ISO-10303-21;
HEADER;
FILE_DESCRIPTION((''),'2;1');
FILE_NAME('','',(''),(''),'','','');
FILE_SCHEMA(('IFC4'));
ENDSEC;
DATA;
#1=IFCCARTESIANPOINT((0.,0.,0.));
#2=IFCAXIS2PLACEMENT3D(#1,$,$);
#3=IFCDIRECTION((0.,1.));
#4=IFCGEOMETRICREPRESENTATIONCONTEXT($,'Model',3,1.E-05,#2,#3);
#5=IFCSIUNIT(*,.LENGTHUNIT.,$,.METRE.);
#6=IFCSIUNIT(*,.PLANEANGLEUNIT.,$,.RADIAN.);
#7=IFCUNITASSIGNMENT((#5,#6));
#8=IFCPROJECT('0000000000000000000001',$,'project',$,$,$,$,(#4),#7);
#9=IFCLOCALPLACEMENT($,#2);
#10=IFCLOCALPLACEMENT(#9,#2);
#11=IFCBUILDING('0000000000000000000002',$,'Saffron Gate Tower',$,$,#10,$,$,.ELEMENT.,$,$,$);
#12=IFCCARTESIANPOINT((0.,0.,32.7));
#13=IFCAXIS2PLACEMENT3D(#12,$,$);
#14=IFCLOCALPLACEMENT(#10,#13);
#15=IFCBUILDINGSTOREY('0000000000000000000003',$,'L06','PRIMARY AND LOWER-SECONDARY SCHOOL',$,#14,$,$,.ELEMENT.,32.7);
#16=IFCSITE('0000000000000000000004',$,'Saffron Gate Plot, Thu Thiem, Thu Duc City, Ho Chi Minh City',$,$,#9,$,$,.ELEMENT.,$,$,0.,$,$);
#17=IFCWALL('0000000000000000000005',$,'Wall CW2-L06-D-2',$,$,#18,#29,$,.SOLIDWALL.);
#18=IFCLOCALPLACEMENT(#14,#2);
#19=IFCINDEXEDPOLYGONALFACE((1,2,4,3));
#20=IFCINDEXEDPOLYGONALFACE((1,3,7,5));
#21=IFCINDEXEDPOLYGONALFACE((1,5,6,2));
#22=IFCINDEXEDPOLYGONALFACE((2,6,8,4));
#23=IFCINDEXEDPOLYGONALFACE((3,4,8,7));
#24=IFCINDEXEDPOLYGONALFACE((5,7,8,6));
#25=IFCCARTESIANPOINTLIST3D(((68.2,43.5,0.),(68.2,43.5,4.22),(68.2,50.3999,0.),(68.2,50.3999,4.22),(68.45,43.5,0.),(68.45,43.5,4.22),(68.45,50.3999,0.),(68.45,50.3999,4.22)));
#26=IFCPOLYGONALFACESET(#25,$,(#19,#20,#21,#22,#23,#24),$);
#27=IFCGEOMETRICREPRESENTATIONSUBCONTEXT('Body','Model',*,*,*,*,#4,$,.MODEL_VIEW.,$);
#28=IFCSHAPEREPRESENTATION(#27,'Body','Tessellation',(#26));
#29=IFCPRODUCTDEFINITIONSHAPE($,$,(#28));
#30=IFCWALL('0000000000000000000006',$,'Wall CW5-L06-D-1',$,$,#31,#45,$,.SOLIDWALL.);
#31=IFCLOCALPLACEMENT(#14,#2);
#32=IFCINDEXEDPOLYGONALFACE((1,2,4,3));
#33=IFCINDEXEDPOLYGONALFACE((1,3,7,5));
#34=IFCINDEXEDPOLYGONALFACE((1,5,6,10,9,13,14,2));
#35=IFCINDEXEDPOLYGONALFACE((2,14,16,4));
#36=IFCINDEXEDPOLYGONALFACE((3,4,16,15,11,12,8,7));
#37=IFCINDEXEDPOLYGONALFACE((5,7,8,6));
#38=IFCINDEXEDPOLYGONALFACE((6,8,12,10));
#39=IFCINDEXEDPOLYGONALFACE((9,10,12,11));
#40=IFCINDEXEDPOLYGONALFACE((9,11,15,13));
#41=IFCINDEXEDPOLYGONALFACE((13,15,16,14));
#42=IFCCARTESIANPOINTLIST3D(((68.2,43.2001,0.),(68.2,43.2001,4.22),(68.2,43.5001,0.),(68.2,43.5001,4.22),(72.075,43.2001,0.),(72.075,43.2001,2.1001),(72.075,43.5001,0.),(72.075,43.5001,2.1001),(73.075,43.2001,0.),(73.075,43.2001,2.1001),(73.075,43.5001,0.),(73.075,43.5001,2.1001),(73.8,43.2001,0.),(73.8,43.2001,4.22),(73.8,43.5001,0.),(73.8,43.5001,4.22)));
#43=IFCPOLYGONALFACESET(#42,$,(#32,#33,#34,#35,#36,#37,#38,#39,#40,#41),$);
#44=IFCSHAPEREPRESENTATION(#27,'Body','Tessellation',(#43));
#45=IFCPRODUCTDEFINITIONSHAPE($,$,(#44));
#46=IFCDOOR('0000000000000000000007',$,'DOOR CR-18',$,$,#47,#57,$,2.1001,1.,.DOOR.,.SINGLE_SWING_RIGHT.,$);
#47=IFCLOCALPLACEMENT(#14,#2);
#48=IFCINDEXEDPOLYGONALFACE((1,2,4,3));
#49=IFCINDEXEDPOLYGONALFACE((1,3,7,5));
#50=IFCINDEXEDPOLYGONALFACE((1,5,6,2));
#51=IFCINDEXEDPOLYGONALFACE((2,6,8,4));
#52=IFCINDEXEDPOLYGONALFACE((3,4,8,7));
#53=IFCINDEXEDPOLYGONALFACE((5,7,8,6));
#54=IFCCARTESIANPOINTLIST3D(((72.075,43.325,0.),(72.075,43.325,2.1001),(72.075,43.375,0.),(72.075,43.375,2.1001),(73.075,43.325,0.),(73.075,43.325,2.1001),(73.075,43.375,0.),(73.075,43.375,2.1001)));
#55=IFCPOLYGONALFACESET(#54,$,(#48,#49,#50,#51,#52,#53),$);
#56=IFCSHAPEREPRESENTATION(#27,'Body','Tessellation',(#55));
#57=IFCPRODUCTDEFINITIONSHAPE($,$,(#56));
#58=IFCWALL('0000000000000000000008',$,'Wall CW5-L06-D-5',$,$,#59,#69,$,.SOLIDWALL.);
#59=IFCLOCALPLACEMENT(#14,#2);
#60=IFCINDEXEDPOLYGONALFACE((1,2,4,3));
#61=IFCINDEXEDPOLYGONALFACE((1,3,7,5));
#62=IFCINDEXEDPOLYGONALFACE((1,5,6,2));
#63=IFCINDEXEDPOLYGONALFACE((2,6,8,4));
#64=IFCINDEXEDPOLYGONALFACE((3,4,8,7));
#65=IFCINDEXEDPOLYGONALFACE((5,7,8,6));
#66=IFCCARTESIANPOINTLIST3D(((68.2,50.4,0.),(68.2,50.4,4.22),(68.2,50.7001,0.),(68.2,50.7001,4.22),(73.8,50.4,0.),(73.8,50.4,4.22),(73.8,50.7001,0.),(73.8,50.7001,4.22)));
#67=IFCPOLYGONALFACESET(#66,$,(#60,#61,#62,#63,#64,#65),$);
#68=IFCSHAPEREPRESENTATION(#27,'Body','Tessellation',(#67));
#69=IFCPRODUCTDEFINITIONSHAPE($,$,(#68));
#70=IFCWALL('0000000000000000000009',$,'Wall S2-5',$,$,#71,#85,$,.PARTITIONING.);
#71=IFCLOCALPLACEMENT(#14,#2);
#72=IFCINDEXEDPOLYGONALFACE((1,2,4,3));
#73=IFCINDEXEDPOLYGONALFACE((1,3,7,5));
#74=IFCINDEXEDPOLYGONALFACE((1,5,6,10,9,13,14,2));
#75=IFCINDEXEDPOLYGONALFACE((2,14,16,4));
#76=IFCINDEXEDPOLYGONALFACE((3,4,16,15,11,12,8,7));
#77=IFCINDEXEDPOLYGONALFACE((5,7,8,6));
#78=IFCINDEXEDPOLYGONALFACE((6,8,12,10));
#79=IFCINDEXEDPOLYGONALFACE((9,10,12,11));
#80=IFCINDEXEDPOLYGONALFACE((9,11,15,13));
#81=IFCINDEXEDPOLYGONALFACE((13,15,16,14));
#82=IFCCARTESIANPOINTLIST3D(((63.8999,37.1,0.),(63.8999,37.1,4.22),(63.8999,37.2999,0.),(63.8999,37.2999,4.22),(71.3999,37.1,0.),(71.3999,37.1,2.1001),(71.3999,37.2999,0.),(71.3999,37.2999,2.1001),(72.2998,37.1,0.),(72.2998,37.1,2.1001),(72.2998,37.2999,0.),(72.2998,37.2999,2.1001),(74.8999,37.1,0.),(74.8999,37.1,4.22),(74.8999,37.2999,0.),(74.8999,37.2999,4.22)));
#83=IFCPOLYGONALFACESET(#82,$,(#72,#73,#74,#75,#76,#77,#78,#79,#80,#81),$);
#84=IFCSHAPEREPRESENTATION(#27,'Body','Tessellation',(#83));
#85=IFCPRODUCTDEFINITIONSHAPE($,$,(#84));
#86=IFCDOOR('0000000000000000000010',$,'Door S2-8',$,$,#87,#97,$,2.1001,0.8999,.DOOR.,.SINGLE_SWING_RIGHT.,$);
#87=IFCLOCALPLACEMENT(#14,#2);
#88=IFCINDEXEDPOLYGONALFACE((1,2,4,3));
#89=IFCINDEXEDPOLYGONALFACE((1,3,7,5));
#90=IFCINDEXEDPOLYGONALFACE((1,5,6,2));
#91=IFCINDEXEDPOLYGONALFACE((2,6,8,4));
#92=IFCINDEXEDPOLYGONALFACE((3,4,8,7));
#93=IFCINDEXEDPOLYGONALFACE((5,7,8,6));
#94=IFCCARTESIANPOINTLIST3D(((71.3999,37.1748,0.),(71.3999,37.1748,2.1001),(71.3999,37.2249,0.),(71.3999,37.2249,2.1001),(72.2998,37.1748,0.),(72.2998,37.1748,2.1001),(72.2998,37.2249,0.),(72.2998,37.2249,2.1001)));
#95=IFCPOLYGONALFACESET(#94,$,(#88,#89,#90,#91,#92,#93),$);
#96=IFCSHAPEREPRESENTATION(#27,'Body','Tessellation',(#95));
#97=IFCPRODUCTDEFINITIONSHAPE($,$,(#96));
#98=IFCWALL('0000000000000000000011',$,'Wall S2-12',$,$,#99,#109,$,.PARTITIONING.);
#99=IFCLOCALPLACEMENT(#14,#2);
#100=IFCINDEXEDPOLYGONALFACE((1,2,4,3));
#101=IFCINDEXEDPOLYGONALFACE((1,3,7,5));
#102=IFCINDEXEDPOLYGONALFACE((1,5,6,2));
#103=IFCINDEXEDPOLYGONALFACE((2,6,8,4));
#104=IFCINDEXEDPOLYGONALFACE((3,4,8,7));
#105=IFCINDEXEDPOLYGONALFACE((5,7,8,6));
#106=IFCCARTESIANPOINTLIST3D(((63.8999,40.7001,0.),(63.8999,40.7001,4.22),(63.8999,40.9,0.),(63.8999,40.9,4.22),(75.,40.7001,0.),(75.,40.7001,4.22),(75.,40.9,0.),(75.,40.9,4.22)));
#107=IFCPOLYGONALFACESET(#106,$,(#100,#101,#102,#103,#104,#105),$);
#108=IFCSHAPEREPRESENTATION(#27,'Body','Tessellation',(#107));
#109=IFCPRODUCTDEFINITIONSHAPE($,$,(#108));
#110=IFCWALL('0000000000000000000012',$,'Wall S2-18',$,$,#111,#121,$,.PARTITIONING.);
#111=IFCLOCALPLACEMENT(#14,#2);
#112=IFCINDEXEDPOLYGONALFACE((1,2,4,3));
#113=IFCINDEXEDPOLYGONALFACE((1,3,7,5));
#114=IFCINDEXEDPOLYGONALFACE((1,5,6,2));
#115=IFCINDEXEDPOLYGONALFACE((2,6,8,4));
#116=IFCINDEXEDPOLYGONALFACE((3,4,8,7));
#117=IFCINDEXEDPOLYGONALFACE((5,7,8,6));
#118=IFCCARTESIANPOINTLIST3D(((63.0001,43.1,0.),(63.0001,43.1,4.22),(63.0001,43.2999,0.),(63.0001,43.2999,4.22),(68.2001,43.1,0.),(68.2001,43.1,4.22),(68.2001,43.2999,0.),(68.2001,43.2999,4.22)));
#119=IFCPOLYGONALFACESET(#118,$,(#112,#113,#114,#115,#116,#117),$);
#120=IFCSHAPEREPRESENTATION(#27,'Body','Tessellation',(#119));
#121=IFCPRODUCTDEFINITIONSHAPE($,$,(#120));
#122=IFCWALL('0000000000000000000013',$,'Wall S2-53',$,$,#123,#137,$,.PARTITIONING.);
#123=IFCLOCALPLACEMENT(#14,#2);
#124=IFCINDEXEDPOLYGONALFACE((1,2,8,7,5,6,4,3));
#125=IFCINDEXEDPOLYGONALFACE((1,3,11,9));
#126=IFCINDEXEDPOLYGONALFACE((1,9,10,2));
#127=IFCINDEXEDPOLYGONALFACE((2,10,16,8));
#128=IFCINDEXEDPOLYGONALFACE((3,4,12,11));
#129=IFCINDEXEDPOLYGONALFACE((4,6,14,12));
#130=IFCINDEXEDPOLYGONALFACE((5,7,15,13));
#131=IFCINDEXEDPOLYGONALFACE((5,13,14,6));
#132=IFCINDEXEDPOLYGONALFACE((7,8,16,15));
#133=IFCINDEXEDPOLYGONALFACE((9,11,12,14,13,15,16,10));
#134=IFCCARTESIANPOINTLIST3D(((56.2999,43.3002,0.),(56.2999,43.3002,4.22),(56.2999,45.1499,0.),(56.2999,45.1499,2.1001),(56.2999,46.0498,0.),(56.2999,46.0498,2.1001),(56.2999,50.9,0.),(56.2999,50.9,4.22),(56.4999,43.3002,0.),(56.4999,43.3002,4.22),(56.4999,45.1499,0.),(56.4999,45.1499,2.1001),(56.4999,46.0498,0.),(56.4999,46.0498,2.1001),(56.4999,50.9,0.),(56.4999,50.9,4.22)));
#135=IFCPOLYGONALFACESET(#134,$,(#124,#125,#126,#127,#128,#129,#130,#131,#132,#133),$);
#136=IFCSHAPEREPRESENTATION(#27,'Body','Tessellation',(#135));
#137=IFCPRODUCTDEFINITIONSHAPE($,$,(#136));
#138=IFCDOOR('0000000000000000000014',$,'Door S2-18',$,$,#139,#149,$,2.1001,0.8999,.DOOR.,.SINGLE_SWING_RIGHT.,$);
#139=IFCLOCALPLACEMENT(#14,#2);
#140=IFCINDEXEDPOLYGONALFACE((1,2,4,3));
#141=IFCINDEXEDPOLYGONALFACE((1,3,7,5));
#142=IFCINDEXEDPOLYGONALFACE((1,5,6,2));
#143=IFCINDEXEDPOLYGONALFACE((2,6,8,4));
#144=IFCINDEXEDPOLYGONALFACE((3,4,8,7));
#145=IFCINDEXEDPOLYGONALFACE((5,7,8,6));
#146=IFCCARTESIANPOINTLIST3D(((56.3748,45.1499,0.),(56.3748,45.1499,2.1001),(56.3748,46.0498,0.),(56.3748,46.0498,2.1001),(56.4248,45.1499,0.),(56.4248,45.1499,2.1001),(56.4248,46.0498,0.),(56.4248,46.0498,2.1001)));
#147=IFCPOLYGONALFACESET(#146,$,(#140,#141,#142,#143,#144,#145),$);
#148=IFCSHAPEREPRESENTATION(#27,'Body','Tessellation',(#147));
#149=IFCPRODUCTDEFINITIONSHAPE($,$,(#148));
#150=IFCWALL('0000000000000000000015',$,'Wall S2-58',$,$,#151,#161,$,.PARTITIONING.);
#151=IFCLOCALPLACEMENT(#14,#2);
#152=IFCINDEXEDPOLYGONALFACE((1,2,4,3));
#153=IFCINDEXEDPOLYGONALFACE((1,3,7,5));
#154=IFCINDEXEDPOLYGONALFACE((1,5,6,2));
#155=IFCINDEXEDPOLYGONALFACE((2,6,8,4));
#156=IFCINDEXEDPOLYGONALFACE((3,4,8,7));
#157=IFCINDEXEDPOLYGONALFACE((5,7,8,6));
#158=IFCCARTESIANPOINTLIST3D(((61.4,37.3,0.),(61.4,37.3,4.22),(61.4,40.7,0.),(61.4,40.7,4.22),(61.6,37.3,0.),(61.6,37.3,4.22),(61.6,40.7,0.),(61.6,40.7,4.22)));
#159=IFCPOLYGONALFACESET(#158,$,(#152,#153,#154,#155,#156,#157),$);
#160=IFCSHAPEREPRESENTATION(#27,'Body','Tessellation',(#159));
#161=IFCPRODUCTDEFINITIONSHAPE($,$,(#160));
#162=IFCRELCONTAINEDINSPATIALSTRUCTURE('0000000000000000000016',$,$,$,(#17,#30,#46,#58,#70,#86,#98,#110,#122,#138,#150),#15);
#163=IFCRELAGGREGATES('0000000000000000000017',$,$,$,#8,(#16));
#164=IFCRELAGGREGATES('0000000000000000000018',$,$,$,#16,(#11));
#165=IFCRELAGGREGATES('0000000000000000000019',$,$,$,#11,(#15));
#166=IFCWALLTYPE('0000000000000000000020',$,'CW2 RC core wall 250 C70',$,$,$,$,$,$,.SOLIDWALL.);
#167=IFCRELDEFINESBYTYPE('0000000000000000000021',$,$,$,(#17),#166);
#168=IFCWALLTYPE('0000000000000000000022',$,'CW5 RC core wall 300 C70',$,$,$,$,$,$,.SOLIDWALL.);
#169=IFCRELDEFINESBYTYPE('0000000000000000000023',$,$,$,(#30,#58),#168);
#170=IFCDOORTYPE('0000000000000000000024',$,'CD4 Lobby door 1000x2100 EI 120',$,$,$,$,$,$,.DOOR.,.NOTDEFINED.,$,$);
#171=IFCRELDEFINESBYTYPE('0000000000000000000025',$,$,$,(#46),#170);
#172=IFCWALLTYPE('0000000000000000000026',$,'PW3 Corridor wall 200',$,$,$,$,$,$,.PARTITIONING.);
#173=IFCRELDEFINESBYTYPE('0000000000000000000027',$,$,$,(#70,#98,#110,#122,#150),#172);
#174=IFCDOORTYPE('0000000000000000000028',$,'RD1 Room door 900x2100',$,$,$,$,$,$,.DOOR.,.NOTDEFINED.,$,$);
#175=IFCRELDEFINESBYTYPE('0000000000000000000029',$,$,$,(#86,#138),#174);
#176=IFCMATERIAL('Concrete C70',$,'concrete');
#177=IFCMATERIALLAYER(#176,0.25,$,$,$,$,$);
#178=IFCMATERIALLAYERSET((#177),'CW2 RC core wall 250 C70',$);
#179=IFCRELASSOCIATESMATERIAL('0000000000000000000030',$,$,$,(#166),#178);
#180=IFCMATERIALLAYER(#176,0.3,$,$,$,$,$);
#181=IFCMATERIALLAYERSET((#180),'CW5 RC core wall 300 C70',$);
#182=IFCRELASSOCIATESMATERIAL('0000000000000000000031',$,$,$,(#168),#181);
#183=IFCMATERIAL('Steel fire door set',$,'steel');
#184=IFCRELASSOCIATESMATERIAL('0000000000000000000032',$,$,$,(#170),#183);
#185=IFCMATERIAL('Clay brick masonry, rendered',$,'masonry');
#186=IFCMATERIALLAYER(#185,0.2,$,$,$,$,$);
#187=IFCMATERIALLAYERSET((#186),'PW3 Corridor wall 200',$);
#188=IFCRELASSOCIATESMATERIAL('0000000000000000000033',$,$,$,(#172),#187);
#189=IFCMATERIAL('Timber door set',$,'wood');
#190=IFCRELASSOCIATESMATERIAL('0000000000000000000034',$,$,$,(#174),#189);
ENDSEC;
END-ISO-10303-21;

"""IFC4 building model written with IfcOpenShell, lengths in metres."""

from ifc_helpers import new_model, si_unit, direction, frame, frame_2d, origin, place, context, subcontext, project, spatial, rectangle, extrude, material, layer, layer_set, type_object, element, fill, save


model = new_model("IFC4")

# Units and contexts
model_context = context("Model", 3, precision=1e-05, world=origin(), true_north=direction((0.0, 1.0)))
body_context = subcontext(model_context, "Body", "Model", "MODEL_VIEW")
ifc_project = project(units=[si_unit("LENGTHUNIT", "METRE"), si_unit("PLANEANGLEUNIT", "RADIAN")], contexts=[model_context])

# Site, building, storey
site_placement = place(None, origin())
site = spatial("IfcSite", under=ifc_project, at=site_placement, Name="Saffron Gate Plot, Thu Thiem, Thu Duc City, Ho Chi Minh City", CompositionType="ELEMENT", RefElevation=0.0)
building_placement = place(site_placement, origin())
building = spatial("IfcBuilding", under=site, at=building_placement, Name="Saffron Gate Tower", CompositionType="ELEMENT")
storey_placement = place(building_placement, frame((0.0, 0.0, 32.7)))
storey = spatial("IfcBuildingStorey", under=building, at=storey_placement, Name="L06", Description="PRIMARY AND LOWER-SECONDARY SCHOOL", CompositionType="ELEMENT", Elevation=32.7)

# Wall
ifc_material_1 = material(Name="Concrete C70", Category="concrete")
ifc_layer_1 = layer(ifc_material_1, 0.25)
ifc_layer_set_1 = layer_set([ifc_layer_1], Name="CW2 RC core wall 250 C70")
wall_type_1 = type_object("IfcWallType", Name="CW2 RC core wall 250 C70", PredefinedType="SOLIDWALL", material=ifc_layer_set_1)
wall_1_placement = place(storey_placement, frame((68.325, 43.5, 0.0), z_axis=(0.0, 0.0, 1.0), x_axis=(0.0, 1.0, 0.0)))
element("IfcWall", 1, at=wall_1_placement, inside=storey, type_object=wall_type_1, Name="Wall CW2-L06-D-2", PredefinedType="SOLIDWALL", context=body_context, shape_type="SweptSolid", body=[
    extrude(rectangle(XDim=6.8999, YDim=0.25, at=frame_2d((3.45, 0.0))), origin(), (0.0, 0.0, 1.0), 4.22),
])

# Wall, opening, door
ifc_layer_2 = layer(ifc_material_1, 0.3)
ifc_layer_set_2 = layer_set([ifc_layer_2], Name="CW5 RC core wall 300 C70")
wall_type_2 = type_object("IfcWallType", Name="CW5 RC core wall 300 C70", PredefinedType="SOLIDWALL", material=ifc_layer_set_2)
wall_2_placement = place(storey_placement, frame((68.2, 43.3501, 0.0), z_axis=(0.0, 0.0, 1.0), x_axis=(1.0, 0.0, 0.0)))
wall_2 = element("IfcWall", 2, at=wall_2_placement, inside=storey, type_object=wall_type_2, Name="Wall CW5-L06-D-1", PredefinedType="SOLIDWALL", context=body_context, shape_type="SweptSolid", body=[
    extrude(rectangle(XDim=5.6001, YDim=0.3, at=frame_2d((2.8, 0.0))), origin(), (0.0, 0.0, 1.0), 4.22),
])
opening_1_placement = place(wall_2_placement, frame((3.875, 0.0, 0.0)))
opening_1 = element("IfcOpeningElement", 3, at=opening_1_placement, cuts=wall_2, PredefinedType="OPENING", context=body_context, shape_type="SweptSolid", body=[
    extrude(rectangle(XDim=1.0, YDim=2.1001, at=frame_2d((0.5, 1.05))), frame((0.0, 0.1602, 0.0), z_axis=(0.0, -1.0, 0.0), x_axis=(1.0, 0.0, 0.0)), (0.0, 0.0, 1.0), 0.3201),
])
ifc_material_2 = material(Name="Steel fire door set", Category="steel")
door_type_1 = type_object("IfcDoorType", Name="CD4 Lobby door 1000x2100 EI 120", OperationType="NOTDEFINED", PredefinedType="DOOR", material=ifc_material_2)
door_1_placement = place(opening_1_placement, origin())
door_1 = element("IfcDoor", 4, at=door_1_placement, inside=storey, type_object=door_type_1, Name="DOOR CR-18", OperationType="SINGLE_SWING_RIGHT", OverallHeight=2.1001, OverallWidth=1.0, PredefinedType="DOOR", context=body_context, shape_type="SweptSolid", body=[
    extrude(rectangle(XDim=1.0, YDim=2.1001, at=frame_2d((0.5, 1.05))), frame((0.0, 0.0249, 0.0), z_axis=(0.0, -1.0, 0.0), x_axis=(1.0, 0.0, 0.0)), (0.0, 0.0, 1.0), 0.05),
])
fill(opening_1, door_1)

# Wall
wall_3_placement = place(storey_placement, frame((68.2, 50.55, 0.0), z_axis=(0.0, 0.0, 1.0), x_axis=(1.0, 0.0, 0.0)))
element("IfcWall", 5, at=wall_3_placement, inside=storey, type_object=wall_type_2, Name="Wall CW5-L06-D-5", PredefinedType="SOLIDWALL", context=body_context, shape_type="SweptSolid", body=[
    extrude(rectangle(XDim=5.6001, YDim=0.3, at=frame_2d((2.8, 0.0))), origin(), (0.0, 0.0, 1.0), 4.22),
])

# Wall, opening, door
ifc_material_3 = material(Name="Clay brick masonry, rendered", Category="masonry")
ifc_layer_3 = layer(ifc_material_3, 0.2)
ifc_layer_set_3 = layer_set([ifc_layer_3], Name="PW3 Corridor wall 200")
wall_type_3 = type_object("IfcWallType", Name="PW3 Corridor wall 200", PredefinedType="PARTITIONING", material=ifc_layer_set_3)
wall_4_placement = place(storey_placement, frame((63.8999, 37.2, 0.0), z_axis=(0.0, 0.0, 1.0), x_axis=(1.0, 0.0, 0.0)))
wall_4 = element("IfcWall", 6, at=wall_4_placement, inside=storey, type_object=wall_type_3, Name="Wall S2-5", PredefinedType="PARTITIONING", context=body_context, shape_type="SweptSolid", body=[
    extrude(rectangle(XDim=11.0, YDim=0.2, at=frame_2d((5.5, 0.0))), origin(), (0.0, 0.0, 1.0), 4.22),
])
opening_2_placement = place(wall_4_placement, frame((7.5, 0.0, 0.0)))
opening_2 = element("IfcOpeningElement", 7, at=opening_2_placement, cuts=wall_4, PredefinedType="OPENING", context=body_context, shape_type="SweptSolid", body=[
    extrude(rectangle(XDim=0.8999, YDim=2.1001, at=frame_2d((0.45, 1.05))), frame((0.0, 0.1099, 0.0), z_axis=(0.0, -1.0, 0.0), x_axis=(1.0, 0.0, 0.0)), (0.0, 0.0, 1.0), 0.22),
])
ifc_material_4 = material(Name="Timber door set", Category="wood")
door_type_2 = type_object("IfcDoorType", Name="RD1 Room door 900x2100", OperationType="NOTDEFINED", PredefinedType="DOOR", material=ifc_material_4)
door_2_placement = place(opening_2_placement, origin())
door_2 = element("IfcDoor", 8, at=door_2_placement, inside=storey, type_object=door_type_2, Name="Door S2-8", OperationType="SINGLE_SWING_RIGHT", OverallHeight=2.1001, OverallWidth=0.8999, PredefinedType="DOOR", context=body_context, shape_type="SweptSolid", body=[
    extrude(rectangle(XDim=0.8999, YDim=2.1001, at=frame_2d((0.45, 1.05))), frame((0.0, 0.0249, 0.0), z_axis=(0.0, -1.0, 0.0), x_axis=(1.0, 0.0, 0.0)), (0.0, 0.0, 1.0), 0.05),
])
fill(opening_2, door_2)

# Walls
wall_5_placement = place(storey_placement, frame((63.8999, 40.8, 0.0), z_axis=(0.0, 0.0, 1.0), x_axis=(1.0, 0.0, 0.0)))
element("IfcWall", 9, at=wall_5_placement, inside=storey, type_object=wall_type_3, Name="Wall S2-12", PredefinedType="PARTITIONING", context=body_context, shape_type="SweptSolid", body=[
    extrude(rectangle(XDim=11.1001, YDim=0.2, at=frame_2d((5.55, 0.0))), origin(), (0.0, 0.0, 1.0), 4.22),
])
wall_6_placement = place(storey_placement, frame((63.0, 43.2, 0.0), z_axis=(0.0, 0.0, 1.0), x_axis=(1.0, 0.0, 0.0)))
element("IfcWall", 10, at=wall_6_placement, inside=storey, type_object=wall_type_3, Name="Wall S2-18", PredefinedType="PARTITIONING", context=body_context, shape_type="SweptSolid", body=[
    extrude(rectangle(XDim=5.2, YDim=0.2, at=frame_2d((2.6001, 0.0))), origin(), (0.0, 0.0, 1.0), 4.22),
])

# Wall, opening, door
wall_7_placement = place(storey_placement, frame((56.3999, 50.8999, 0.0), z_axis=(0.0, 0.0, 1.0), x_axis=(0.0, -1.0, 0.0)))
wall_7 = element("IfcWall", 11, at=wall_7_placement, inside=storey, type_object=wall_type_3, Name="Wall S2-53", PredefinedType="PARTITIONING", context=body_context, shape_type="SweptSolid", body=[
    extrude(rectangle(XDim=7.5999, YDim=0.2, at=frame_2d((3.7998, 0.0))), origin(), (0.0, 0.0, 1.0), 4.22),
])
opening_3_placement = place(wall_7_placement, frame((4.8501, 0.0, 0.0)))
opening_3 = element("IfcOpeningElement", 12, at=opening_3_placement, cuts=wall_7, PredefinedType="OPENING", context=body_context, shape_type="SweptSolid", body=[
    extrude(rectangle(XDim=0.8999, YDim=2.1001, at=frame_2d((0.45, 1.05))), frame((0.0, 0.1099, 0.0), z_axis=(0.0, -1.0, 0.0), x_axis=(1.0, 0.0, 0.0)), (0.0, 0.0, 1.0), 0.22),
])
door_3_placement = place(opening_3_placement, origin())
door_3 = element("IfcDoor", 13, at=door_3_placement, inside=storey, type_object=door_type_2, Name="Door S2-18", OperationType="SINGLE_SWING_RIGHT", OverallHeight=2.1001, OverallWidth=0.8999, PredefinedType="DOOR", context=body_context, shape_type="SweptSolid", body=[
    extrude(rectangle(XDim=0.8999, YDim=2.1001, at=frame_2d((0.45, 1.05))), frame((0.0, 0.0249, 0.0), z_axis=(0.0, -1.0, 0.0), x_axis=(1.0, 0.0, 0.0)), (0.0, 0.0, 1.0), 0.05),
])
fill(opening_3, door_3)

# Wall
wall_8_placement = place(storey_placement, frame((61.5, 40.7, 0.0), z_axis=(0.0, 0.0, 1.0), x_axis=(0.0, -1.0, 0.0)))
element("IfcWall", 14, at=wall_8_placement, inside=storey, type_object=wall_type_3, Name="Wall S2-58", PredefinedType="PARTITIONING", context=body_context, shape_type="SweptSolid", body=[
    extrude(rectangle(XDim=3.3999, YDim=0.2, at=frame_2d((1.7, 0.0))), origin(), (0.0, 0.0, 1.0), 4.22),
])

save(model, "model.ifc")
